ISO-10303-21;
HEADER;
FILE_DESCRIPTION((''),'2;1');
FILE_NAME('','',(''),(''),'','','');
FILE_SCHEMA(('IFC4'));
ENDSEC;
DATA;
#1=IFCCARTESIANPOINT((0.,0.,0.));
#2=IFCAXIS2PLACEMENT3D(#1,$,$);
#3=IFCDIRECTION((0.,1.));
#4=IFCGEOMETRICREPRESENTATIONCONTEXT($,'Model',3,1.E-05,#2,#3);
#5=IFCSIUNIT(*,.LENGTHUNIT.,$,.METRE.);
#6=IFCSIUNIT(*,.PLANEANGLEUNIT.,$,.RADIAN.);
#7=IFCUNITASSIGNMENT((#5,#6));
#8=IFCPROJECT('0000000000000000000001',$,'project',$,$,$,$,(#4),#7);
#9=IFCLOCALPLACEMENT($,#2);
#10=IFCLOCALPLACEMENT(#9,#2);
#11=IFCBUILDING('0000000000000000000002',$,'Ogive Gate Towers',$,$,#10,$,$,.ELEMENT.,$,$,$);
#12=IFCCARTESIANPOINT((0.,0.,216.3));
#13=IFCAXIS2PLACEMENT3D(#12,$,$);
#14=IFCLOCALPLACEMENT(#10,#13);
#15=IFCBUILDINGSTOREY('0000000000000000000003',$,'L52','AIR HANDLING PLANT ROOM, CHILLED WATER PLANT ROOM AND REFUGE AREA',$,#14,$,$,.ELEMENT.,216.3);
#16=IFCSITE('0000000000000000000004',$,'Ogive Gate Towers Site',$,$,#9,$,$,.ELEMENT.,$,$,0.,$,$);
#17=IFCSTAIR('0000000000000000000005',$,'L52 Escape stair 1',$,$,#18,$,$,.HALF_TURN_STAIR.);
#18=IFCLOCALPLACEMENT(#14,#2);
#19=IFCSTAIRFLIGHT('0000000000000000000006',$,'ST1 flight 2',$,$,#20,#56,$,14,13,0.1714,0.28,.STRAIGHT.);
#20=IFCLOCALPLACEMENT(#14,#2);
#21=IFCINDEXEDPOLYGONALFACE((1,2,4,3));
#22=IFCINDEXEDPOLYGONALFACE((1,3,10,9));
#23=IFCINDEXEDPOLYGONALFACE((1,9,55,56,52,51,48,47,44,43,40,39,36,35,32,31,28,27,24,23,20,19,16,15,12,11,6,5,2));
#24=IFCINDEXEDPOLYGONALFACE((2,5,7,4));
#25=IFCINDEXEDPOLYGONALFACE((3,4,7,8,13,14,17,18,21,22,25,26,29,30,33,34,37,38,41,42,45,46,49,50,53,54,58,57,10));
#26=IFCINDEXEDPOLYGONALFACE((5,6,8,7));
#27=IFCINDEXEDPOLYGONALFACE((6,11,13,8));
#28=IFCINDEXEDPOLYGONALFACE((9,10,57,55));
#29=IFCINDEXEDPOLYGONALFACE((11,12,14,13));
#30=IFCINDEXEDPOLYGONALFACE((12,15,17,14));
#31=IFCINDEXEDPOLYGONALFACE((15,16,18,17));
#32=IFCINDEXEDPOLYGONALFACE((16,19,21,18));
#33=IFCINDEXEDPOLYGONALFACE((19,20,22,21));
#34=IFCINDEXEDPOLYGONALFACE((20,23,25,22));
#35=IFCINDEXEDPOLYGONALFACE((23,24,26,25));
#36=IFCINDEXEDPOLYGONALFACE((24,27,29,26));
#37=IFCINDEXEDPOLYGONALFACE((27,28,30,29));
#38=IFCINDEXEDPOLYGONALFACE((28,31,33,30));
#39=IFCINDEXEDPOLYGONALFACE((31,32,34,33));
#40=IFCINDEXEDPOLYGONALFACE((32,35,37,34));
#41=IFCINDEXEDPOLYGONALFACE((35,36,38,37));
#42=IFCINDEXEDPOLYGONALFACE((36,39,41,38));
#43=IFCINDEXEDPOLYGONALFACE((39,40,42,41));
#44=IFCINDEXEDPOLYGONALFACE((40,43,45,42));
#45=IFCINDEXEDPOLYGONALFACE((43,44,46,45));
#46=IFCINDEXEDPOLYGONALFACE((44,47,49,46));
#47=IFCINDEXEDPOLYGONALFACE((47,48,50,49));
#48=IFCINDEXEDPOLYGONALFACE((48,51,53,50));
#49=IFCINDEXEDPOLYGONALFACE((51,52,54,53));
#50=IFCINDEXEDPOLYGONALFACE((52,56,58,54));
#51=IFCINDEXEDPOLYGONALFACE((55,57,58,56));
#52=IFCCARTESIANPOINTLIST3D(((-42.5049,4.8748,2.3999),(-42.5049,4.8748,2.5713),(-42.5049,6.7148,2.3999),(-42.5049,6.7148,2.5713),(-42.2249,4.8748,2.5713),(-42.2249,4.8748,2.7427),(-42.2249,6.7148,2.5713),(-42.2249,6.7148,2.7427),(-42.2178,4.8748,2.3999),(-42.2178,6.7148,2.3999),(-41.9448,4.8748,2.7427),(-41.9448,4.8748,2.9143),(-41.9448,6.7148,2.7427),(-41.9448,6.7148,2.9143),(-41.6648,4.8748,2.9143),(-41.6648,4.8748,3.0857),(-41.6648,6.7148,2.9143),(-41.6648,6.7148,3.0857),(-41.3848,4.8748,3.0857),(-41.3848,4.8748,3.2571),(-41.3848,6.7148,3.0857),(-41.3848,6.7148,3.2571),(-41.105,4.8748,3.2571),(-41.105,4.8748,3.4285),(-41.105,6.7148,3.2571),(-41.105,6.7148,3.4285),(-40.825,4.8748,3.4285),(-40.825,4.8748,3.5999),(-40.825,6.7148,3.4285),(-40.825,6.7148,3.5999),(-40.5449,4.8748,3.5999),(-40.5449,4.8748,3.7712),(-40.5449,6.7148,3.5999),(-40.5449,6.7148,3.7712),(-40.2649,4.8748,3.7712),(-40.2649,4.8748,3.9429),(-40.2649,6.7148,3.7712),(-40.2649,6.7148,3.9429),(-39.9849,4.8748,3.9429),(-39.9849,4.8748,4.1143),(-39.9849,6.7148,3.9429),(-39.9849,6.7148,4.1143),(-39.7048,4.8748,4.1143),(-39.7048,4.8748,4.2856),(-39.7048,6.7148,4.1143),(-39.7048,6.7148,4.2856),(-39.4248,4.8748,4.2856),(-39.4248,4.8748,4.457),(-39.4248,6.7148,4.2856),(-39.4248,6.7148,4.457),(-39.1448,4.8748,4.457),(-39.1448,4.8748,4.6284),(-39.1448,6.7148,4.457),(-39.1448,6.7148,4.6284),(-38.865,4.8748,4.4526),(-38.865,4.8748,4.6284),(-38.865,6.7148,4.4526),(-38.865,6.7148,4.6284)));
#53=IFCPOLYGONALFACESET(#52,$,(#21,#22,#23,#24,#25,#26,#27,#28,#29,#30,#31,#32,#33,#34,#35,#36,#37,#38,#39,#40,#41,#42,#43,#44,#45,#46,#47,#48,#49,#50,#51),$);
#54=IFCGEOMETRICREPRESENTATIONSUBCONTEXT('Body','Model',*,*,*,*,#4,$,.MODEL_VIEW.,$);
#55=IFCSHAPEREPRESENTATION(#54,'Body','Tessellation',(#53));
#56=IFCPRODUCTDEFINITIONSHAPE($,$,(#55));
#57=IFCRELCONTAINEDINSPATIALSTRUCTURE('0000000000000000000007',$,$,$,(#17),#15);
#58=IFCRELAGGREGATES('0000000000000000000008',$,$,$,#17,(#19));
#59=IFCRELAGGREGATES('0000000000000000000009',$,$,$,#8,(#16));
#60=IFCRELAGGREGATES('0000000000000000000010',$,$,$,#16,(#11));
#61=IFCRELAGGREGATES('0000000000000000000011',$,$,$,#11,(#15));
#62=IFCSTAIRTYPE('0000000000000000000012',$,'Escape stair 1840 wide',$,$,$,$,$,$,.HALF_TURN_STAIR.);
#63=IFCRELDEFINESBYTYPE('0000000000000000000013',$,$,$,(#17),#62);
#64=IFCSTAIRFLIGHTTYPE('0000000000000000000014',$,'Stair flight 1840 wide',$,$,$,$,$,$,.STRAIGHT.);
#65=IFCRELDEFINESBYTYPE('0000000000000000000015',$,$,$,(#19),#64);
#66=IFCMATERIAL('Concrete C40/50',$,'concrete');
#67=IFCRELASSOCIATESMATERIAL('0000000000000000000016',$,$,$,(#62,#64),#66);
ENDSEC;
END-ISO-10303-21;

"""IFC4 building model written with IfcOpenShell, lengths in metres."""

from ifc_helpers import new_model, si_unit, direction, frame, origin, place, context, subcontext, project, spatial, polyline, outline, extrude, material, type_object, element, aggregate, save


model = new_model("IFC4")

# Units and contexts
model_context = context("Model", 3, precision=1e-05, world=origin(), true_north=direction((0.0, 1.0)))
body_context = subcontext(model_context, "Body", "Model", "MODEL_VIEW")
ifc_project = project(units=[si_unit("LENGTHUNIT", "METRE"), si_unit("PLANEANGLEUNIT", "RADIAN")], contexts=[model_context])

# Site, building, storey
site_placement = place(None, origin())
site = spatial("IfcSite", under=ifc_project, at=site_placement, Name="Ogive Gate Towers Site", CompositionType="ELEMENT", RefElevation=0.0)
building_placement = place(site_placement, origin())
building = spatial("IfcBuilding", under=site, at=building_placement, Name="Ogive Gate Towers", CompositionType="ELEMENT")
storey_placement = place(building_placement, frame((0.0, 0.0, 216.3)))
storey = spatial("IfcBuildingStorey", under=building, at=storey_placement, Name="L52", Description="AIR HANDLING PLANT ROOM, CHILLED WATER PLANT ROOM AND REFUGE AREA", CompositionType="ELEMENT", Elevation=216.3)

# Stair, stair flight
ifc_material_1 = material(Name="Concrete C40/50", Category="concrete")
stair_type = type_object("IfcStairType", Name="Escape stair 1840 wide", PredefinedType="HALF_TURN_STAIR", material=ifc_material_1)
stair_placement = place(storey_placement, origin())
stair = element("IfcStair", 1, at=stair_placement, inside=storey, type_object=stair_type, Name="L52 Escape stair 1", PredefinedType="HALF_TURN_STAIR")
stair_flight_type = type_object("IfcStairFlightType", Name="Stair flight 1840 wide", PredefinedType="STRAIGHT", material=ifc_material_1)
stair_flight_1_placement = place(storey_placement, frame((-42.5049, 5.7949, 2.3999), z_axis=(0.0, 0.0, 1.0), x_axis=(1.0, 0.0, 0.0)))
stair_flight_1 = element("IfcStairFlight", 2, at=stair_flight_1_placement, type_object=stair_flight_type, Name="ST1 flight 2", NumberOfRisers=14, NumberOfTreads=13, PredefinedType="STRAIGHT", RiserHeight=0.1714, TreadLength=0.28, context=body_context, shape_type="SweptSolid", body=[
    extrude(outline(polyline([(0.0, 0.0), (0.0, 0.1714), (0.28, 0.1714), (0.28, 0.3428), (0.5601, 0.3428), (0.5601, 0.5144), (0.8401, 0.5144), (0.8401, 0.6858), (1.1201, 0.6858), (1.1201, 0.8572), (1.3999, 0.8572), (1.3999, 1.0286), (1.6799, 1.0286), (1.6799, 1.2), (1.96, 1.2), (1.96, 1.3713), (2.24, 1.3713), (2.24, 1.543), (2.52, 1.543), (2.52, 1.7144), (2.8, 1.7144), (2.8, 1.8857), (3.0801, 1.8857), (3.0801, 2.0571), (3.3601, 2.0571), (3.3601, 2.2285), (3.6399, 2.2285), (3.6399, 2.3999), (3.6399, 2.0527), (0.2871, 0.0), (0.0, 0.0)])), frame((0.0, 0.9199, 0.0), z_axis=(0.0, -1.0, 0.0), x_axis=(1.0, 0.0, 0.0)), (0.0, 0.0, 1.0), 1.8401),
])
aggregate(stair, [stair_flight_1])

save(model, "model.ifc")
